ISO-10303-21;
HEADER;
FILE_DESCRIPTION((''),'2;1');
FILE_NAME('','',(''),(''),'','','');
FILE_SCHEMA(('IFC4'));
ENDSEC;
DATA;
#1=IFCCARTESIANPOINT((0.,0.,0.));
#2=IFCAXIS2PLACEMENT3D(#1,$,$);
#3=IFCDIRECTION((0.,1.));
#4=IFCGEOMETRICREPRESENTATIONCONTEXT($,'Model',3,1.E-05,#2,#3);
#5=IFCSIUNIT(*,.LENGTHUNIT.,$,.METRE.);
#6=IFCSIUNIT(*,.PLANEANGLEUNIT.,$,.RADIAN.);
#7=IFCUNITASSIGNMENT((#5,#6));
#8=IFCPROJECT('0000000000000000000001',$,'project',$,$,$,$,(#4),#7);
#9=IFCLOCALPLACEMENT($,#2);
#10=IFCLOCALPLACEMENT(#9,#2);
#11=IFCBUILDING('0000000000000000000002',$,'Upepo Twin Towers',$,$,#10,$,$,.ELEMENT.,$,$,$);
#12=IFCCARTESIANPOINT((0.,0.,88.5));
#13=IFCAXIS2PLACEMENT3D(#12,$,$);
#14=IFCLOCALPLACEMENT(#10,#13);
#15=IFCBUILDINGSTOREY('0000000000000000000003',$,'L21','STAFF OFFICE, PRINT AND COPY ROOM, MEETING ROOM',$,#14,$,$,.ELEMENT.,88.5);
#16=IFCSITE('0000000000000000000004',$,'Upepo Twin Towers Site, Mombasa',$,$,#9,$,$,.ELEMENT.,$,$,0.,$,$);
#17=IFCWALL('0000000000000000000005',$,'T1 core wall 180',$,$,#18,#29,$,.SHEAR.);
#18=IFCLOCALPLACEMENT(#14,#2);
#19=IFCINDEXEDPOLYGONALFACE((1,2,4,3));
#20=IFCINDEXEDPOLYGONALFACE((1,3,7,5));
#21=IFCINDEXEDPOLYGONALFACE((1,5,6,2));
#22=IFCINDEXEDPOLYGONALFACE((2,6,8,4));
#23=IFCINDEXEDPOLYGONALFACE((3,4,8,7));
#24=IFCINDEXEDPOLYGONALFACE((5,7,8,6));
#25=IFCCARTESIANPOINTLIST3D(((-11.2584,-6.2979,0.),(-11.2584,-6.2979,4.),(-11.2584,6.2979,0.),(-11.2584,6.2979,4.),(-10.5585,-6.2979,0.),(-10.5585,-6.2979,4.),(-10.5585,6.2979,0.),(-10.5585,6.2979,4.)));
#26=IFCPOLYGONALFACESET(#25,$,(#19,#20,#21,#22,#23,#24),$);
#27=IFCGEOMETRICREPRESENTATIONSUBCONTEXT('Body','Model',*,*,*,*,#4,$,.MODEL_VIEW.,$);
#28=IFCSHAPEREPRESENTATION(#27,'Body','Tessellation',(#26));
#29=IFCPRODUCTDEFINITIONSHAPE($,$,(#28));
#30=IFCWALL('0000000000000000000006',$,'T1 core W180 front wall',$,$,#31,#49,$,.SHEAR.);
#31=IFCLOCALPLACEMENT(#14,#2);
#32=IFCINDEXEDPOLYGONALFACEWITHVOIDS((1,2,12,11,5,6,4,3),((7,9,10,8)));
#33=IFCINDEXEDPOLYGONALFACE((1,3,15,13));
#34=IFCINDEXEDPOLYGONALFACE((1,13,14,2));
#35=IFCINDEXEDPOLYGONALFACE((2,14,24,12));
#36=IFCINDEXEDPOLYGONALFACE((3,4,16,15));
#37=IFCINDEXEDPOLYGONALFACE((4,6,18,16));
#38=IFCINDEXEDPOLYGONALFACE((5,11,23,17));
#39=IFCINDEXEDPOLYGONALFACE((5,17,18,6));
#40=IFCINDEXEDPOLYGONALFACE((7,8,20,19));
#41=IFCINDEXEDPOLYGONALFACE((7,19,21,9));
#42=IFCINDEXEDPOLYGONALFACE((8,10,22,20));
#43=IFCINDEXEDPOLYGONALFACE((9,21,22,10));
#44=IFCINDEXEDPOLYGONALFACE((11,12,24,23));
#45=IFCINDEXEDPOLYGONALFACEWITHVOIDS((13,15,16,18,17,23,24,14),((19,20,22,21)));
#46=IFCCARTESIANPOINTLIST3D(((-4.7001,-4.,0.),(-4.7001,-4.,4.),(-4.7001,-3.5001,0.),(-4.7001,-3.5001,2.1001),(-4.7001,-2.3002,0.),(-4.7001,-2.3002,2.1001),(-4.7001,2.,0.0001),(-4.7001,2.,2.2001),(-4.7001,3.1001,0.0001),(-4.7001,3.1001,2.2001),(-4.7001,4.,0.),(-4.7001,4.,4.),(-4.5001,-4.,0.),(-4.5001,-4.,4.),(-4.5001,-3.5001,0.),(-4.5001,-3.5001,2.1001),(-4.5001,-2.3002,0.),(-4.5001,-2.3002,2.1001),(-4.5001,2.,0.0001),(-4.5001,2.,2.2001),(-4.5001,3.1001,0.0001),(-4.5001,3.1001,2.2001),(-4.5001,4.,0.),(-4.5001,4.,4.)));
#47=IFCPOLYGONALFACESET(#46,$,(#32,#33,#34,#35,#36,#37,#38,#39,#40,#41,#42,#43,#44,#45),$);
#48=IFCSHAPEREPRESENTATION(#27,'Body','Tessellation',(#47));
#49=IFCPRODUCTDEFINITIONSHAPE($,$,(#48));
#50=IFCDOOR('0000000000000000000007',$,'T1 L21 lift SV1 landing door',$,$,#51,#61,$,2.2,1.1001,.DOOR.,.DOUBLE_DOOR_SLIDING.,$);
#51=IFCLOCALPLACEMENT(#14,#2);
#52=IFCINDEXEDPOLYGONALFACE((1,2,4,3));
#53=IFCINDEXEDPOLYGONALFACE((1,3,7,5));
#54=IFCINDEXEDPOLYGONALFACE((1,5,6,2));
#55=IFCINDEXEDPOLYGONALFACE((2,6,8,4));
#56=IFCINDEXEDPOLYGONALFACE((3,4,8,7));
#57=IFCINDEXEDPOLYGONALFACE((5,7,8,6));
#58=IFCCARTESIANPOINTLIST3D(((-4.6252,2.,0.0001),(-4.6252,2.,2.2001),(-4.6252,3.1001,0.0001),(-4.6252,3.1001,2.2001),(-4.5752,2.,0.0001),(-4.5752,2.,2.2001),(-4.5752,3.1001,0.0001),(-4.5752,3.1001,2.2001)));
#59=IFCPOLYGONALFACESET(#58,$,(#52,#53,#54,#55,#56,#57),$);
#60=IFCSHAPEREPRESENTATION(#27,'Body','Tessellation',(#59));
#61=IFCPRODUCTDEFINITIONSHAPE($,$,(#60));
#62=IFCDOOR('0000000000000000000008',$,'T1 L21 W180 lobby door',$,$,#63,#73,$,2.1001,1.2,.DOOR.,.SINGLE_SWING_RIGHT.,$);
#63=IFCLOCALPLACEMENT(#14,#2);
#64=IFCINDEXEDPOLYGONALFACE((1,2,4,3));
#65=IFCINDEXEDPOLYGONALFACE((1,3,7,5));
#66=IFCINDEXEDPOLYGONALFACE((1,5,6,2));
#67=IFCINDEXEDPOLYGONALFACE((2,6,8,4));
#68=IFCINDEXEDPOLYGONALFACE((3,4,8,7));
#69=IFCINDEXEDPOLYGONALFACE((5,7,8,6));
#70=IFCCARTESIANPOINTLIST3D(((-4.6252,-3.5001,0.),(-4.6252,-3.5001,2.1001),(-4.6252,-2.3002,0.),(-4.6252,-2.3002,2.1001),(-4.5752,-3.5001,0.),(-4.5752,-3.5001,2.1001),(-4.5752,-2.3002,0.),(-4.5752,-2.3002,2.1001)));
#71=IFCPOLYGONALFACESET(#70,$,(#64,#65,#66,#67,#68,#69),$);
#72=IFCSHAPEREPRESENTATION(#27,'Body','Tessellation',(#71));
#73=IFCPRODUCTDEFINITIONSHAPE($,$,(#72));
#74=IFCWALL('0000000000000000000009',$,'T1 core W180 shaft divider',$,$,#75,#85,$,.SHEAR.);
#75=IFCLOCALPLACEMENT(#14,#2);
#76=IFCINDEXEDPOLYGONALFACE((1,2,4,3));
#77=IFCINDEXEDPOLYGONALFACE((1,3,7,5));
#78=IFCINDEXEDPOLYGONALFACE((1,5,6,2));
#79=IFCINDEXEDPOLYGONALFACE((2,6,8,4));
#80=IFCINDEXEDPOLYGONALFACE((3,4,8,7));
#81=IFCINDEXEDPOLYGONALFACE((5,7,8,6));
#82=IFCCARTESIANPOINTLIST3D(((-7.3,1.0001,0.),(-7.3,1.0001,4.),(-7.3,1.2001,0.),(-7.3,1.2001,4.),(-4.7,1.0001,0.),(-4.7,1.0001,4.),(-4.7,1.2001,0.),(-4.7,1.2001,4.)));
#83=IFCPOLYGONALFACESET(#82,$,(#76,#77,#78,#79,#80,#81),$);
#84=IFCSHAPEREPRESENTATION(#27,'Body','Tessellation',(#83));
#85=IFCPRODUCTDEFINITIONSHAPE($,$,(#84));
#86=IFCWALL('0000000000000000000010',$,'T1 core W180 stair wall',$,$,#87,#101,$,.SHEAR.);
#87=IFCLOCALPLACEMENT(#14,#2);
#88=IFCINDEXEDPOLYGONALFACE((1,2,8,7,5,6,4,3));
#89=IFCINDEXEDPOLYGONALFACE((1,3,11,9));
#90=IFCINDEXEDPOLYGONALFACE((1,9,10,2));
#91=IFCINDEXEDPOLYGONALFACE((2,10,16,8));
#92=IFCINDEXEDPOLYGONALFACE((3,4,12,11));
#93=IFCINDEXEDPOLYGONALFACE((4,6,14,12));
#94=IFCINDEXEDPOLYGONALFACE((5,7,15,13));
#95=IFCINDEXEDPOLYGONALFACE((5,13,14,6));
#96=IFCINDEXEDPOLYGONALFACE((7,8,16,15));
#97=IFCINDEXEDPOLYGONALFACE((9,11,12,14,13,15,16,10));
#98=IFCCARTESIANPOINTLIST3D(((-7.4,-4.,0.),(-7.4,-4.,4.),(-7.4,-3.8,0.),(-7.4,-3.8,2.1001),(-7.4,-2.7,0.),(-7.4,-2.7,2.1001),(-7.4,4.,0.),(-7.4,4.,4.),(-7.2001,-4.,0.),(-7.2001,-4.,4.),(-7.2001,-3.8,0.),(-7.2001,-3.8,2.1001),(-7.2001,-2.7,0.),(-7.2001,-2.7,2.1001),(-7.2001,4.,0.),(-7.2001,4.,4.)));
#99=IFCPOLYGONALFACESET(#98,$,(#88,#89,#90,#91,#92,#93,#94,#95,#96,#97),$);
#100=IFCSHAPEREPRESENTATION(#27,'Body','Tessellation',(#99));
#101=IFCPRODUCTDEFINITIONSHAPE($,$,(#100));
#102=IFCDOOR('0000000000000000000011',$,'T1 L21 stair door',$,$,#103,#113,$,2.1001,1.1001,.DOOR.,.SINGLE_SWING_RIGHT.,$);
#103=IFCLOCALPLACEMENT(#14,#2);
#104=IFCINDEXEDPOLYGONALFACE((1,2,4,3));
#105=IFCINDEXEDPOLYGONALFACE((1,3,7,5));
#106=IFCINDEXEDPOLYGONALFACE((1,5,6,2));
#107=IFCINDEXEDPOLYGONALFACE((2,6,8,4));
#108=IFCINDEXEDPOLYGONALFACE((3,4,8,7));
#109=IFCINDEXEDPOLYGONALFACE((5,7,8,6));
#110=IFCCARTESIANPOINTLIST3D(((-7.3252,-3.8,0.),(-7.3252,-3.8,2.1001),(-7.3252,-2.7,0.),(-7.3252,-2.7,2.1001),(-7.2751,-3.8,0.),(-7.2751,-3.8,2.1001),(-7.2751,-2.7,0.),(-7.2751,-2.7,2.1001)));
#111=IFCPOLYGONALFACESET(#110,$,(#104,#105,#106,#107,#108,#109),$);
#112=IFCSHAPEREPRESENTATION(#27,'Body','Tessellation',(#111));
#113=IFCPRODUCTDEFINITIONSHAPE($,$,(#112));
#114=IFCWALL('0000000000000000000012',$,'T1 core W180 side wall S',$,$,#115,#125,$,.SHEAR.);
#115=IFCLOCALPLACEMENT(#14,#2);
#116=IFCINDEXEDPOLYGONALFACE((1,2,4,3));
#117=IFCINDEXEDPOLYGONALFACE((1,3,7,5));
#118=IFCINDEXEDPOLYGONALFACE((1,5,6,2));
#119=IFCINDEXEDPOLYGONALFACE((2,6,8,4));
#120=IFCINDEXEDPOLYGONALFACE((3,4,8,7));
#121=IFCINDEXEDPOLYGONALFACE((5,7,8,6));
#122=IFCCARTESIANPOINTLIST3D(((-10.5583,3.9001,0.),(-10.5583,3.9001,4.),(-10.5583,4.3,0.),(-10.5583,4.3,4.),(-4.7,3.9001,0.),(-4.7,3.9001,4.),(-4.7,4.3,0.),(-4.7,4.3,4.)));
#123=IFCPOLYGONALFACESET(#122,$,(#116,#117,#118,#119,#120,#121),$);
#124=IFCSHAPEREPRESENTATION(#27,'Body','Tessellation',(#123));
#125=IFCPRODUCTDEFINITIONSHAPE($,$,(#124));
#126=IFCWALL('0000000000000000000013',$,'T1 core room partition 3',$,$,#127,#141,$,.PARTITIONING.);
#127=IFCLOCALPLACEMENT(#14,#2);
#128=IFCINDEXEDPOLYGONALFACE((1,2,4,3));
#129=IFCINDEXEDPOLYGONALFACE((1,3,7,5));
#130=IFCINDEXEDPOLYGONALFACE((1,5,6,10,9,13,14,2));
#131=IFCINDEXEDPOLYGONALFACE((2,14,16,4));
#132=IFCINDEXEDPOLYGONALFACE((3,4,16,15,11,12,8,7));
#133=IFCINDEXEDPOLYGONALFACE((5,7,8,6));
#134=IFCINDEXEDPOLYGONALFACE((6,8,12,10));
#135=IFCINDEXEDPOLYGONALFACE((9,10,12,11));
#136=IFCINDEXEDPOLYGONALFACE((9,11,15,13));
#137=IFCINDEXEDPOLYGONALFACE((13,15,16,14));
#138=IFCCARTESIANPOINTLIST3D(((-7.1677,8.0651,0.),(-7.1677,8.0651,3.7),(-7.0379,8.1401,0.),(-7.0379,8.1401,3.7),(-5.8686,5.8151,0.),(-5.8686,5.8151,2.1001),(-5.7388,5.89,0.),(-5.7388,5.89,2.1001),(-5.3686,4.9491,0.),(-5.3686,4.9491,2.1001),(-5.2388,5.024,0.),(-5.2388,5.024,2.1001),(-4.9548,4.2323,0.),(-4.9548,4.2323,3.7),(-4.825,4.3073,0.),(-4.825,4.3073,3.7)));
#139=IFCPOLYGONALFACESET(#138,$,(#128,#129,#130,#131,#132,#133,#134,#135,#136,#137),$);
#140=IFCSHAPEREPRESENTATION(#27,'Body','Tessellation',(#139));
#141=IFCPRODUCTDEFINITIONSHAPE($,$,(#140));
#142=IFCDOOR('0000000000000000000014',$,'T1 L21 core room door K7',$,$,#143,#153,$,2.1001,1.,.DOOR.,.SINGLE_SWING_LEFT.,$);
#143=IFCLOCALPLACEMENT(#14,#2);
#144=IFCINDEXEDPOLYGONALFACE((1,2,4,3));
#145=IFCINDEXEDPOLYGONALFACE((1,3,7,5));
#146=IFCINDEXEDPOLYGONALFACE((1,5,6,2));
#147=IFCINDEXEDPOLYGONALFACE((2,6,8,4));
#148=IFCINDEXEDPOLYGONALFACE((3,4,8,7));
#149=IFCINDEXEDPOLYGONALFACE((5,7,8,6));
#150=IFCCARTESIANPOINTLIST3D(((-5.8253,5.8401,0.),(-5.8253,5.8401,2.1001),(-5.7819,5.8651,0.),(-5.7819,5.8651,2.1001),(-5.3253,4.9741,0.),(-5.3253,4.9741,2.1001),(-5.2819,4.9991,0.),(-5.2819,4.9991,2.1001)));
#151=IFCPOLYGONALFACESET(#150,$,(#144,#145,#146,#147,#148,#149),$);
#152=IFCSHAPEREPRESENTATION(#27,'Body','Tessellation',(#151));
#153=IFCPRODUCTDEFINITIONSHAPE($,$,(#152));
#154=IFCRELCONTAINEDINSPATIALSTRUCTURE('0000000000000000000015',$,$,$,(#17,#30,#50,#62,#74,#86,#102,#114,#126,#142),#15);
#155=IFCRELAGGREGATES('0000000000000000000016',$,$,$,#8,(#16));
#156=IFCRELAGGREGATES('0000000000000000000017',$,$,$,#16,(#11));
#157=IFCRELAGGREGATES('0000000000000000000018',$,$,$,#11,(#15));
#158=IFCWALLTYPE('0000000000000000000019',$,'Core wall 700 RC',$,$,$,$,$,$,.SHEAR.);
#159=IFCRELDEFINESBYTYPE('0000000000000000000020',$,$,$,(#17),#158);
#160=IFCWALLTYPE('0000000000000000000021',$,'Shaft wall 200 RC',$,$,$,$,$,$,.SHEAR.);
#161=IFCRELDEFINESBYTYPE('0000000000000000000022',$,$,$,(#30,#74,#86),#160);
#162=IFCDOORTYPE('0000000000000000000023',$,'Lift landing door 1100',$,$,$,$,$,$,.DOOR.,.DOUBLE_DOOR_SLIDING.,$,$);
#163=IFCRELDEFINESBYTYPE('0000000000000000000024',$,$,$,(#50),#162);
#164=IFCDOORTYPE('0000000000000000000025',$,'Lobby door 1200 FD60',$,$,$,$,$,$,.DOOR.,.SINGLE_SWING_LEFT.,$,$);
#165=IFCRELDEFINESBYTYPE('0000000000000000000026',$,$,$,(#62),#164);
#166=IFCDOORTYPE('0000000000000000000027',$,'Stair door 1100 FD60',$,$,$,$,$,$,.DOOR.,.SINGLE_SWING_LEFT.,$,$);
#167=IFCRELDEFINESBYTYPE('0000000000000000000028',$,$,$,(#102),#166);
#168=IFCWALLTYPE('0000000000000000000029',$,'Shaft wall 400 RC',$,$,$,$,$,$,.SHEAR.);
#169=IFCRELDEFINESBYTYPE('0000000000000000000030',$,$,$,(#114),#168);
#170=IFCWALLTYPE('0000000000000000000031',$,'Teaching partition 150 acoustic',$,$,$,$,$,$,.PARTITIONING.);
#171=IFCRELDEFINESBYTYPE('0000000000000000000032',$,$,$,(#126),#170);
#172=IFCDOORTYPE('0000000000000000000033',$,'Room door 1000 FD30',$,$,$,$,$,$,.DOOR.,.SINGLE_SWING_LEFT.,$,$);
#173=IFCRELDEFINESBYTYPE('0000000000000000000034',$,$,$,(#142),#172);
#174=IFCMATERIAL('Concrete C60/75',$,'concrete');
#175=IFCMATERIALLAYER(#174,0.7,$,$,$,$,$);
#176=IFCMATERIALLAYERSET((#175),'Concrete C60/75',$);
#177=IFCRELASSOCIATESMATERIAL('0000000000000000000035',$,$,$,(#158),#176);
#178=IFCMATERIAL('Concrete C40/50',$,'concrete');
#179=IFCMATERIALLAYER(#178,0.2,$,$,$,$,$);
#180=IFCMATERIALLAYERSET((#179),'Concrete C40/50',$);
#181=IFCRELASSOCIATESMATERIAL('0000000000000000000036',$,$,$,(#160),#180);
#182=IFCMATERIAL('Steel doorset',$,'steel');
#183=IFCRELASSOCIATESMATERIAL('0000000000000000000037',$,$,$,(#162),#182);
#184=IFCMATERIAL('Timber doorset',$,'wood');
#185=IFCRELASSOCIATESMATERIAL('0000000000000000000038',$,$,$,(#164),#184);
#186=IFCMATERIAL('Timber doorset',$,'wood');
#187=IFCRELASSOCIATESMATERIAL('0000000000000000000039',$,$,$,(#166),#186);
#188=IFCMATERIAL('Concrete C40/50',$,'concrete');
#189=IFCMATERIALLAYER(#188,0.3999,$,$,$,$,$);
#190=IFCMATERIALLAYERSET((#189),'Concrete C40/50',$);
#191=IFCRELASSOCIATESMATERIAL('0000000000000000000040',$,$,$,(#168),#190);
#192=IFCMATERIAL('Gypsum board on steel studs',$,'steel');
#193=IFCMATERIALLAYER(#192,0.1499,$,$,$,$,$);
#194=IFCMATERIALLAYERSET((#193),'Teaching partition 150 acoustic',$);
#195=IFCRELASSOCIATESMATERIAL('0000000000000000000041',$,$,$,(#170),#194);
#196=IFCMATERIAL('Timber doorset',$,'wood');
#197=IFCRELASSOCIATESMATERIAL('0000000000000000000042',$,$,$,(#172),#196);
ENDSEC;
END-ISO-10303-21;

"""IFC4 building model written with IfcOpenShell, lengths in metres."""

from ifc_helpers import new_model, si_unit, direction, frame, frame_2d, origin, place, context, subcontext, project, spatial, rectangle, extrude, material, layer, layer_set, type_object, element, fill, save


model = new_model("IFC4")

# Units and contexts
model_context = context("Model", 3, precision=1e-05, world=origin(), true_north=direction((0.0, 1.0)))
body_context = subcontext(model_context, "Body", "Model", "MODEL_VIEW")
ifc_project = project(units=[si_unit("LENGTHUNIT", "METRE"), si_unit("PLANEANGLEUNIT", "RADIAN")], contexts=[model_context])

# Site, building, storey
site_placement = place(None, origin())
site = spatial("IfcSite", under=ifc_project, at=site_placement, Name="Upepo Twin Towers Site, Mombasa", CompositionType="ELEMENT", RefElevation=0.0)
building_placement = place(site_placement, origin())
building = spatial("IfcBuilding", under=site, at=building_placement, Name="Upepo Twin Towers", CompositionType="ELEMENT")
storey_placement = place(building_placement, frame((0.0, 0.0, 88.5)))
storey = spatial("IfcBuildingStorey", under=building, at=storey_placement, Name="L21", Description="STAFF OFFICE, PRINT AND COPY ROOM, MEETING ROOM", CompositionType="ELEMENT", Elevation=88.5)

# Wall
ifc_material_1 = material(Name="Concrete C60/75", Category="concrete")
ifc_layer_1 = layer(ifc_material_1, 0.7)
ifc_layer_set_1 = layer_set([ifc_layer_1], Name="Concrete C60/75")
wall_type_1 = type_object("IfcWallType", Name="Core wall 700 RC", PredefinedType="SHEAR", material=ifc_layer_set_1)
wall_1_placement = place(storey_placement, frame((-10.9084, 6.2979, 0.0), z_axis=(0.0, 0.0, 1.0), x_axis=(0.0, -1.0, 0.0)))
element("IfcWall", 1, at=wall_1_placement, inside=storey, type_object=wall_type_1, Name="T1 core wall 180", PredefinedType="SHEAR", context=body_context, shape_type="SweptSolid", body=[
    extrude(rectangle(XDim=12.5957, YDim=0.7, at=frame_2d((6.2979, 0.0))), origin(), (0.0, 0.0, 1.0), 4.0),
])

# Wall, openings, doors
ifc_material_2 = material(Name="Concrete C40/50", Category="concrete")
ifc_layer_2 = layer(ifc_material_2, 0.2)
ifc_layer_set_2 = layer_set([ifc_layer_2], Name="Concrete C40/50")
wall_type_2 = type_object("IfcWallType", Name="Shaft wall 200 RC", PredefinedType="SHEAR", material=ifc_layer_set_2)
wall_2_placement = place(storey_placement, frame((-4.6001, 4.0, 0.0), z_axis=(0.0, 0.0, 1.0), x_axis=(0.0, -1.0, 0.0)))
wall_2 = element("IfcWall", 2, at=wall_2_placement, inside=storey, type_object=wall_type_2, Name="T1 core W180 front wall", PredefinedType="SHEAR", context=body_context, shape_type="SweptSolid", body=[
    extrude(rectangle(XDim=8.0, YDim=0.2, at=frame_2d((4.0, 0.0))), origin(), (0.0, 0.0, 1.0), 4.0),
])
opening_1_placement = place(wall_2_placement, frame((6.3, 0.0, 0.0)))
opening_1 = element("IfcOpeningElement", 3, at=opening_1_placement, cuts=wall_2, PredefinedType="OPENING", context=body_context, shape_type="SweptSolid", body=[
    extrude(rectangle(XDim=1.2, YDim=2.1001, at=frame_2d((0.6001, 1.05))), frame((0.0, 0.1099, 0.0), z_axis=(0.0, -1.0, 0.0), x_axis=(1.0, 0.0, 0.0)), (0.0, 0.0, 1.0), 0.22),
])
opening_2_placement = place(wall_2_placement, frame((0.8999, 0.0, 0.0)))
opening_2 = element("IfcOpeningElement", 4, at=opening_2_placement, cuts=wall_2, PredefinedType="OPENING", context=body_context, shape_type="SweptSolid", body=[
    extrude(rectangle(XDim=1.1001, YDim=2.2, at=frame_2d((0.55, 1.1001))), frame((0.0, 0.1099, 0.0), z_axis=(0.0, -1.0, 0.0), x_axis=(1.0, 0.0, 0.0)), (0.0, 0.0, 1.0), 0.22),
])
ifc_material_3 = material(Name="Steel doorset", Category="steel")
door_type_1 = type_object("IfcDoorType", Name="Lift landing door 1100", OperationType="DOUBLE_DOOR_SLIDING", PredefinedType="DOOR", material=ifc_material_3)
door_1_placement = place(opening_2_placement, origin())
door_1 = element("IfcDoor", 5, at=door_1_placement, inside=storey, type_object=door_type_1, Name="T1 L21 lift SV1 landing door", OperationType="DOUBLE_DOOR_SLIDING", OverallHeight=2.2, OverallWidth=1.1001, PredefinedType="DOOR", context=body_context, shape_type="SweptSolid", body=[
    extrude(rectangle(XDim=1.1001, YDim=2.2, at=frame_2d((0.55, 1.1001))), frame((0.0, 0.0249, 0.0), z_axis=(0.0, -1.0, 0.0), x_axis=(1.0, 0.0, 0.0)), (0.0, 0.0, 1.0), 0.05),
])
fill(opening_2, door_1)
ifc_material_4 = material(Name="Timber doorset", Category="wood")
door_type_2 = type_object("IfcDoorType", Name="Lobby door 1200 FD60", OperationType="SINGLE_SWING_LEFT", PredefinedType="DOOR", material=ifc_material_4)
door_2_placement = place(opening_1_placement, origin())
door_2 = element("IfcDoor", 6, at=door_2_placement, inside=storey, type_object=door_type_2, Name="T1 L21 W180 lobby door", OperationType="SINGLE_SWING_RIGHT", OverallHeight=2.1001, OverallWidth=1.2, PredefinedType="DOOR", context=body_context, shape_type="SweptSolid", body=[
    extrude(rectangle(XDim=1.2, YDim=2.1001, at=frame_2d((0.6001, 1.05))), frame((0.0, 0.0249, 0.0), z_axis=(0.0, -1.0, 0.0), x_axis=(1.0, 0.0, 0.0)), (0.0, 0.0, 1.0), 0.05),
])
fill(opening_1, door_2)

# Wall
wall_3_placement = place(storey_placement, frame((-4.7, 1.1001, 0.0), z_axis=(0.0, 0.0, 1.0), x_axis=(-1.0, 0.0, 0.0)))
element("IfcWall", 7, at=wall_3_placement, inside=storey, type_object=wall_type_2, Name="T1 core W180 shaft divider", PredefinedType="SHEAR", context=body_context, shape_type="SweptSolid", body=[
    extrude(rectangle(XDim=2.6001, YDim=0.2, at=frame_2d((1.3, 0.0))), origin(), (0.0, 0.0, 1.0), 4.0),
])

# Wall, opening, door
wall_4_placement = place(storey_placement, frame((-7.3, 4.0, 0.0), z_axis=(0.0, 0.0, 1.0), x_axis=(0.0, -1.0, 0.0)))
wall_4 = element("IfcWall", 8, at=wall_4_placement, inside=storey, type_object=wall_type_2, Name="T1 core W180 stair wall", PredefinedType="SHEAR", context=body_context, shape_type="SweptSolid", body=[
    extrude(rectangle(XDim=8.0, YDim=0.2, at=frame_2d((4.0, 0.0))), origin(), (0.0, 0.0, 1.0), 4.0),
])
opening_3_placement = place(wall_4_placement, frame((6.7, 0.0, 0.0)))
opening_3 = element("IfcOpeningElement", 9, at=opening_3_placement, cuts=wall_4, PredefinedType="OPENING", context=body_context, shape_type="SweptSolid", body=[
    extrude(rectangle(XDim=1.1001, YDim=2.1001, at=frame_2d((0.55, 1.05))), frame((0.0, 0.1099, 0.0), z_axis=(0.0, -1.0, 0.0), x_axis=(1.0, 0.0, 0.0)), (0.0, 0.0, 1.0), 0.22),
])
ifc_material_5 = material(Name="Timber doorset", Category="wood")
door_type_3 = type_object("IfcDoorType", Name="Stair door 1100 FD60", OperationType="SINGLE_SWING_LEFT", PredefinedType="DOOR", material=ifc_material_5)
door_3_placement = place(opening_3_placement, origin())
door_3 = element("IfcDoor", 10, at=door_3_placement, inside=storey, type_object=door_type_3, Name="T1 L21 stair door", OperationType="SINGLE_SWING_RIGHT", OverallHeight=2.1001, OverallWidth=1.1001, PredefinedType="DOOR", context=body_context, shape_type="SweptSolid", body=[
    extrude(rectangle(XDim=1.1001, YDim=2.1001, at=frame_2d((0.55, 1.05))), frame((0.0, 0.0249, 0.0), z_axis=(0.0, -1.0, 0.0), x_axis=(1.0, 0.0, 0.0)), (0.0, 0.0, 1.0), 0.05),
])
fill(opening_3, door_3)

# Wall
ifc_material_6 = material(Name="Concrete C40/50", Category="concrete")
ifc_layer_3 = layer(ifc_material_6, 0.3999)
ifc_layer_set_3 = layer_set([ifc_layer_3], Name="Concrete C40/50")
wall_type_3 = type_object("IfcWallType", Name="Shaft wall 400 RC", PredefinedType="SHEAR", material=ifc_layer_set_3)
wall_5_placement = place(storey_placement, frame((-4.7, 4.1001, 0.0), z_axis=(0.0, 0.0, 1.0), x_axis=(-1.0, 0.0, 0.0)))
element("IfcWall", 11, at=wall_5_placement, inside=storey, type_object=wall_type_3, Name="T1 core W180 side wall S", PredefinedType="SHEAR", context=body_context, shape_type="SweptSolid", body=[
    extrude(rectangle(XDim=5.8584, YDim=0.3999, at=frame_2d((2.9292, 0.0))), origin(), (0.0, 0.0, 1.0), 4.0),
])

# Wall, opening, door
ifc_material_7 = material(Name="Gypsum board on steel studs", Category="steel")
ifc_layer_4 = layer(ifc_material_7, 0.1499)
ifc_layer_set_4 = layer_set([ifc_layer_4], Name="Teaching partition 150 acoustic")
wall_type_4 = type_object("IfcWallType", Name="Teaching partition 150 acoustic", PredefinedType="PARTITIONING", material=ifc_layer_set_4)
wall_6_placement = place(storey_placement, frame((-4.8899, 4.2698, 0.0), z_axis=(0.0, 0.0, 1.0), x_axis=(-0.500007, 0.866021, 0.0)))
wall_6 = element("IfcWall", 12, at=wall_6_placement, inside=storey, type_object=wall_type_4, Name="T1 core room partition 3", PredefinedType="PARTITIONING", context=body_context, shape_type="SweptSolid", body=[
    extrude(rectangle(XDim=4.4258, YDim=0.1499, at=frame_2d((2.2129, 0.0))), origin(), (0.0, 0.0, 1.0), 3.7),
])
opening_4_placement = place(wall_6_placement, frame((0.8276, 0.0, 0.0)))
opening_4 = element("IfcOpeningElement", 13, at=opening_4_placement, cuts=wall_6, PredefinedType="OPENING", context=body_context, shape_type="SweptSolid", body=[
    extrude(rectangle(XDim=1.0, YDim=2.1001, at=frame_2d((0.5, 1.05))), frame((0.0, 0.085, 0.0), z_axis=(0.0, -1.0, 0.0), x_axis=(1.0, 0.0, 0.0)), (0.0, 0.0, 1.0), 0.1699),
])
ifc_material_8 = material(Name="Timber doorset", Category="wood")
door_type_4 = type_object("IfcDoorType", Name="Room door 1000 FD30", OperationType="SINGLE_SWING_LEFT", PredefinedType="DOOR", material=ifc_material_8)
door_4_placement = place(opening_4_placement, origin())
door_4 = element("IfcDoor", 14, at=door_4_placement, inside=storey, type_object=door_type_4, Name="T1 L21 core room door K7", OperationType="SINGLE_SWING_LEFT", OverallHeight=2.1001, OverallWidth=1.0, PredefinedType="DOOR", context=body_context, shape_type="SweptSolid", body=[
    extrude(rectangle(XDim=1.0, YDim=2.1001, at=frame_2d((0.5, 1.05))), frame((0.0, 0.0249, 0.0), z_axis=(0.0, -1.0, 0.0), x_axis=(1.0, 0.0, 0.0)), (0.0, 0.0, 1.0), 0.05),
])
fill(opening_4, door_4)

save(model, "model.ifc")
